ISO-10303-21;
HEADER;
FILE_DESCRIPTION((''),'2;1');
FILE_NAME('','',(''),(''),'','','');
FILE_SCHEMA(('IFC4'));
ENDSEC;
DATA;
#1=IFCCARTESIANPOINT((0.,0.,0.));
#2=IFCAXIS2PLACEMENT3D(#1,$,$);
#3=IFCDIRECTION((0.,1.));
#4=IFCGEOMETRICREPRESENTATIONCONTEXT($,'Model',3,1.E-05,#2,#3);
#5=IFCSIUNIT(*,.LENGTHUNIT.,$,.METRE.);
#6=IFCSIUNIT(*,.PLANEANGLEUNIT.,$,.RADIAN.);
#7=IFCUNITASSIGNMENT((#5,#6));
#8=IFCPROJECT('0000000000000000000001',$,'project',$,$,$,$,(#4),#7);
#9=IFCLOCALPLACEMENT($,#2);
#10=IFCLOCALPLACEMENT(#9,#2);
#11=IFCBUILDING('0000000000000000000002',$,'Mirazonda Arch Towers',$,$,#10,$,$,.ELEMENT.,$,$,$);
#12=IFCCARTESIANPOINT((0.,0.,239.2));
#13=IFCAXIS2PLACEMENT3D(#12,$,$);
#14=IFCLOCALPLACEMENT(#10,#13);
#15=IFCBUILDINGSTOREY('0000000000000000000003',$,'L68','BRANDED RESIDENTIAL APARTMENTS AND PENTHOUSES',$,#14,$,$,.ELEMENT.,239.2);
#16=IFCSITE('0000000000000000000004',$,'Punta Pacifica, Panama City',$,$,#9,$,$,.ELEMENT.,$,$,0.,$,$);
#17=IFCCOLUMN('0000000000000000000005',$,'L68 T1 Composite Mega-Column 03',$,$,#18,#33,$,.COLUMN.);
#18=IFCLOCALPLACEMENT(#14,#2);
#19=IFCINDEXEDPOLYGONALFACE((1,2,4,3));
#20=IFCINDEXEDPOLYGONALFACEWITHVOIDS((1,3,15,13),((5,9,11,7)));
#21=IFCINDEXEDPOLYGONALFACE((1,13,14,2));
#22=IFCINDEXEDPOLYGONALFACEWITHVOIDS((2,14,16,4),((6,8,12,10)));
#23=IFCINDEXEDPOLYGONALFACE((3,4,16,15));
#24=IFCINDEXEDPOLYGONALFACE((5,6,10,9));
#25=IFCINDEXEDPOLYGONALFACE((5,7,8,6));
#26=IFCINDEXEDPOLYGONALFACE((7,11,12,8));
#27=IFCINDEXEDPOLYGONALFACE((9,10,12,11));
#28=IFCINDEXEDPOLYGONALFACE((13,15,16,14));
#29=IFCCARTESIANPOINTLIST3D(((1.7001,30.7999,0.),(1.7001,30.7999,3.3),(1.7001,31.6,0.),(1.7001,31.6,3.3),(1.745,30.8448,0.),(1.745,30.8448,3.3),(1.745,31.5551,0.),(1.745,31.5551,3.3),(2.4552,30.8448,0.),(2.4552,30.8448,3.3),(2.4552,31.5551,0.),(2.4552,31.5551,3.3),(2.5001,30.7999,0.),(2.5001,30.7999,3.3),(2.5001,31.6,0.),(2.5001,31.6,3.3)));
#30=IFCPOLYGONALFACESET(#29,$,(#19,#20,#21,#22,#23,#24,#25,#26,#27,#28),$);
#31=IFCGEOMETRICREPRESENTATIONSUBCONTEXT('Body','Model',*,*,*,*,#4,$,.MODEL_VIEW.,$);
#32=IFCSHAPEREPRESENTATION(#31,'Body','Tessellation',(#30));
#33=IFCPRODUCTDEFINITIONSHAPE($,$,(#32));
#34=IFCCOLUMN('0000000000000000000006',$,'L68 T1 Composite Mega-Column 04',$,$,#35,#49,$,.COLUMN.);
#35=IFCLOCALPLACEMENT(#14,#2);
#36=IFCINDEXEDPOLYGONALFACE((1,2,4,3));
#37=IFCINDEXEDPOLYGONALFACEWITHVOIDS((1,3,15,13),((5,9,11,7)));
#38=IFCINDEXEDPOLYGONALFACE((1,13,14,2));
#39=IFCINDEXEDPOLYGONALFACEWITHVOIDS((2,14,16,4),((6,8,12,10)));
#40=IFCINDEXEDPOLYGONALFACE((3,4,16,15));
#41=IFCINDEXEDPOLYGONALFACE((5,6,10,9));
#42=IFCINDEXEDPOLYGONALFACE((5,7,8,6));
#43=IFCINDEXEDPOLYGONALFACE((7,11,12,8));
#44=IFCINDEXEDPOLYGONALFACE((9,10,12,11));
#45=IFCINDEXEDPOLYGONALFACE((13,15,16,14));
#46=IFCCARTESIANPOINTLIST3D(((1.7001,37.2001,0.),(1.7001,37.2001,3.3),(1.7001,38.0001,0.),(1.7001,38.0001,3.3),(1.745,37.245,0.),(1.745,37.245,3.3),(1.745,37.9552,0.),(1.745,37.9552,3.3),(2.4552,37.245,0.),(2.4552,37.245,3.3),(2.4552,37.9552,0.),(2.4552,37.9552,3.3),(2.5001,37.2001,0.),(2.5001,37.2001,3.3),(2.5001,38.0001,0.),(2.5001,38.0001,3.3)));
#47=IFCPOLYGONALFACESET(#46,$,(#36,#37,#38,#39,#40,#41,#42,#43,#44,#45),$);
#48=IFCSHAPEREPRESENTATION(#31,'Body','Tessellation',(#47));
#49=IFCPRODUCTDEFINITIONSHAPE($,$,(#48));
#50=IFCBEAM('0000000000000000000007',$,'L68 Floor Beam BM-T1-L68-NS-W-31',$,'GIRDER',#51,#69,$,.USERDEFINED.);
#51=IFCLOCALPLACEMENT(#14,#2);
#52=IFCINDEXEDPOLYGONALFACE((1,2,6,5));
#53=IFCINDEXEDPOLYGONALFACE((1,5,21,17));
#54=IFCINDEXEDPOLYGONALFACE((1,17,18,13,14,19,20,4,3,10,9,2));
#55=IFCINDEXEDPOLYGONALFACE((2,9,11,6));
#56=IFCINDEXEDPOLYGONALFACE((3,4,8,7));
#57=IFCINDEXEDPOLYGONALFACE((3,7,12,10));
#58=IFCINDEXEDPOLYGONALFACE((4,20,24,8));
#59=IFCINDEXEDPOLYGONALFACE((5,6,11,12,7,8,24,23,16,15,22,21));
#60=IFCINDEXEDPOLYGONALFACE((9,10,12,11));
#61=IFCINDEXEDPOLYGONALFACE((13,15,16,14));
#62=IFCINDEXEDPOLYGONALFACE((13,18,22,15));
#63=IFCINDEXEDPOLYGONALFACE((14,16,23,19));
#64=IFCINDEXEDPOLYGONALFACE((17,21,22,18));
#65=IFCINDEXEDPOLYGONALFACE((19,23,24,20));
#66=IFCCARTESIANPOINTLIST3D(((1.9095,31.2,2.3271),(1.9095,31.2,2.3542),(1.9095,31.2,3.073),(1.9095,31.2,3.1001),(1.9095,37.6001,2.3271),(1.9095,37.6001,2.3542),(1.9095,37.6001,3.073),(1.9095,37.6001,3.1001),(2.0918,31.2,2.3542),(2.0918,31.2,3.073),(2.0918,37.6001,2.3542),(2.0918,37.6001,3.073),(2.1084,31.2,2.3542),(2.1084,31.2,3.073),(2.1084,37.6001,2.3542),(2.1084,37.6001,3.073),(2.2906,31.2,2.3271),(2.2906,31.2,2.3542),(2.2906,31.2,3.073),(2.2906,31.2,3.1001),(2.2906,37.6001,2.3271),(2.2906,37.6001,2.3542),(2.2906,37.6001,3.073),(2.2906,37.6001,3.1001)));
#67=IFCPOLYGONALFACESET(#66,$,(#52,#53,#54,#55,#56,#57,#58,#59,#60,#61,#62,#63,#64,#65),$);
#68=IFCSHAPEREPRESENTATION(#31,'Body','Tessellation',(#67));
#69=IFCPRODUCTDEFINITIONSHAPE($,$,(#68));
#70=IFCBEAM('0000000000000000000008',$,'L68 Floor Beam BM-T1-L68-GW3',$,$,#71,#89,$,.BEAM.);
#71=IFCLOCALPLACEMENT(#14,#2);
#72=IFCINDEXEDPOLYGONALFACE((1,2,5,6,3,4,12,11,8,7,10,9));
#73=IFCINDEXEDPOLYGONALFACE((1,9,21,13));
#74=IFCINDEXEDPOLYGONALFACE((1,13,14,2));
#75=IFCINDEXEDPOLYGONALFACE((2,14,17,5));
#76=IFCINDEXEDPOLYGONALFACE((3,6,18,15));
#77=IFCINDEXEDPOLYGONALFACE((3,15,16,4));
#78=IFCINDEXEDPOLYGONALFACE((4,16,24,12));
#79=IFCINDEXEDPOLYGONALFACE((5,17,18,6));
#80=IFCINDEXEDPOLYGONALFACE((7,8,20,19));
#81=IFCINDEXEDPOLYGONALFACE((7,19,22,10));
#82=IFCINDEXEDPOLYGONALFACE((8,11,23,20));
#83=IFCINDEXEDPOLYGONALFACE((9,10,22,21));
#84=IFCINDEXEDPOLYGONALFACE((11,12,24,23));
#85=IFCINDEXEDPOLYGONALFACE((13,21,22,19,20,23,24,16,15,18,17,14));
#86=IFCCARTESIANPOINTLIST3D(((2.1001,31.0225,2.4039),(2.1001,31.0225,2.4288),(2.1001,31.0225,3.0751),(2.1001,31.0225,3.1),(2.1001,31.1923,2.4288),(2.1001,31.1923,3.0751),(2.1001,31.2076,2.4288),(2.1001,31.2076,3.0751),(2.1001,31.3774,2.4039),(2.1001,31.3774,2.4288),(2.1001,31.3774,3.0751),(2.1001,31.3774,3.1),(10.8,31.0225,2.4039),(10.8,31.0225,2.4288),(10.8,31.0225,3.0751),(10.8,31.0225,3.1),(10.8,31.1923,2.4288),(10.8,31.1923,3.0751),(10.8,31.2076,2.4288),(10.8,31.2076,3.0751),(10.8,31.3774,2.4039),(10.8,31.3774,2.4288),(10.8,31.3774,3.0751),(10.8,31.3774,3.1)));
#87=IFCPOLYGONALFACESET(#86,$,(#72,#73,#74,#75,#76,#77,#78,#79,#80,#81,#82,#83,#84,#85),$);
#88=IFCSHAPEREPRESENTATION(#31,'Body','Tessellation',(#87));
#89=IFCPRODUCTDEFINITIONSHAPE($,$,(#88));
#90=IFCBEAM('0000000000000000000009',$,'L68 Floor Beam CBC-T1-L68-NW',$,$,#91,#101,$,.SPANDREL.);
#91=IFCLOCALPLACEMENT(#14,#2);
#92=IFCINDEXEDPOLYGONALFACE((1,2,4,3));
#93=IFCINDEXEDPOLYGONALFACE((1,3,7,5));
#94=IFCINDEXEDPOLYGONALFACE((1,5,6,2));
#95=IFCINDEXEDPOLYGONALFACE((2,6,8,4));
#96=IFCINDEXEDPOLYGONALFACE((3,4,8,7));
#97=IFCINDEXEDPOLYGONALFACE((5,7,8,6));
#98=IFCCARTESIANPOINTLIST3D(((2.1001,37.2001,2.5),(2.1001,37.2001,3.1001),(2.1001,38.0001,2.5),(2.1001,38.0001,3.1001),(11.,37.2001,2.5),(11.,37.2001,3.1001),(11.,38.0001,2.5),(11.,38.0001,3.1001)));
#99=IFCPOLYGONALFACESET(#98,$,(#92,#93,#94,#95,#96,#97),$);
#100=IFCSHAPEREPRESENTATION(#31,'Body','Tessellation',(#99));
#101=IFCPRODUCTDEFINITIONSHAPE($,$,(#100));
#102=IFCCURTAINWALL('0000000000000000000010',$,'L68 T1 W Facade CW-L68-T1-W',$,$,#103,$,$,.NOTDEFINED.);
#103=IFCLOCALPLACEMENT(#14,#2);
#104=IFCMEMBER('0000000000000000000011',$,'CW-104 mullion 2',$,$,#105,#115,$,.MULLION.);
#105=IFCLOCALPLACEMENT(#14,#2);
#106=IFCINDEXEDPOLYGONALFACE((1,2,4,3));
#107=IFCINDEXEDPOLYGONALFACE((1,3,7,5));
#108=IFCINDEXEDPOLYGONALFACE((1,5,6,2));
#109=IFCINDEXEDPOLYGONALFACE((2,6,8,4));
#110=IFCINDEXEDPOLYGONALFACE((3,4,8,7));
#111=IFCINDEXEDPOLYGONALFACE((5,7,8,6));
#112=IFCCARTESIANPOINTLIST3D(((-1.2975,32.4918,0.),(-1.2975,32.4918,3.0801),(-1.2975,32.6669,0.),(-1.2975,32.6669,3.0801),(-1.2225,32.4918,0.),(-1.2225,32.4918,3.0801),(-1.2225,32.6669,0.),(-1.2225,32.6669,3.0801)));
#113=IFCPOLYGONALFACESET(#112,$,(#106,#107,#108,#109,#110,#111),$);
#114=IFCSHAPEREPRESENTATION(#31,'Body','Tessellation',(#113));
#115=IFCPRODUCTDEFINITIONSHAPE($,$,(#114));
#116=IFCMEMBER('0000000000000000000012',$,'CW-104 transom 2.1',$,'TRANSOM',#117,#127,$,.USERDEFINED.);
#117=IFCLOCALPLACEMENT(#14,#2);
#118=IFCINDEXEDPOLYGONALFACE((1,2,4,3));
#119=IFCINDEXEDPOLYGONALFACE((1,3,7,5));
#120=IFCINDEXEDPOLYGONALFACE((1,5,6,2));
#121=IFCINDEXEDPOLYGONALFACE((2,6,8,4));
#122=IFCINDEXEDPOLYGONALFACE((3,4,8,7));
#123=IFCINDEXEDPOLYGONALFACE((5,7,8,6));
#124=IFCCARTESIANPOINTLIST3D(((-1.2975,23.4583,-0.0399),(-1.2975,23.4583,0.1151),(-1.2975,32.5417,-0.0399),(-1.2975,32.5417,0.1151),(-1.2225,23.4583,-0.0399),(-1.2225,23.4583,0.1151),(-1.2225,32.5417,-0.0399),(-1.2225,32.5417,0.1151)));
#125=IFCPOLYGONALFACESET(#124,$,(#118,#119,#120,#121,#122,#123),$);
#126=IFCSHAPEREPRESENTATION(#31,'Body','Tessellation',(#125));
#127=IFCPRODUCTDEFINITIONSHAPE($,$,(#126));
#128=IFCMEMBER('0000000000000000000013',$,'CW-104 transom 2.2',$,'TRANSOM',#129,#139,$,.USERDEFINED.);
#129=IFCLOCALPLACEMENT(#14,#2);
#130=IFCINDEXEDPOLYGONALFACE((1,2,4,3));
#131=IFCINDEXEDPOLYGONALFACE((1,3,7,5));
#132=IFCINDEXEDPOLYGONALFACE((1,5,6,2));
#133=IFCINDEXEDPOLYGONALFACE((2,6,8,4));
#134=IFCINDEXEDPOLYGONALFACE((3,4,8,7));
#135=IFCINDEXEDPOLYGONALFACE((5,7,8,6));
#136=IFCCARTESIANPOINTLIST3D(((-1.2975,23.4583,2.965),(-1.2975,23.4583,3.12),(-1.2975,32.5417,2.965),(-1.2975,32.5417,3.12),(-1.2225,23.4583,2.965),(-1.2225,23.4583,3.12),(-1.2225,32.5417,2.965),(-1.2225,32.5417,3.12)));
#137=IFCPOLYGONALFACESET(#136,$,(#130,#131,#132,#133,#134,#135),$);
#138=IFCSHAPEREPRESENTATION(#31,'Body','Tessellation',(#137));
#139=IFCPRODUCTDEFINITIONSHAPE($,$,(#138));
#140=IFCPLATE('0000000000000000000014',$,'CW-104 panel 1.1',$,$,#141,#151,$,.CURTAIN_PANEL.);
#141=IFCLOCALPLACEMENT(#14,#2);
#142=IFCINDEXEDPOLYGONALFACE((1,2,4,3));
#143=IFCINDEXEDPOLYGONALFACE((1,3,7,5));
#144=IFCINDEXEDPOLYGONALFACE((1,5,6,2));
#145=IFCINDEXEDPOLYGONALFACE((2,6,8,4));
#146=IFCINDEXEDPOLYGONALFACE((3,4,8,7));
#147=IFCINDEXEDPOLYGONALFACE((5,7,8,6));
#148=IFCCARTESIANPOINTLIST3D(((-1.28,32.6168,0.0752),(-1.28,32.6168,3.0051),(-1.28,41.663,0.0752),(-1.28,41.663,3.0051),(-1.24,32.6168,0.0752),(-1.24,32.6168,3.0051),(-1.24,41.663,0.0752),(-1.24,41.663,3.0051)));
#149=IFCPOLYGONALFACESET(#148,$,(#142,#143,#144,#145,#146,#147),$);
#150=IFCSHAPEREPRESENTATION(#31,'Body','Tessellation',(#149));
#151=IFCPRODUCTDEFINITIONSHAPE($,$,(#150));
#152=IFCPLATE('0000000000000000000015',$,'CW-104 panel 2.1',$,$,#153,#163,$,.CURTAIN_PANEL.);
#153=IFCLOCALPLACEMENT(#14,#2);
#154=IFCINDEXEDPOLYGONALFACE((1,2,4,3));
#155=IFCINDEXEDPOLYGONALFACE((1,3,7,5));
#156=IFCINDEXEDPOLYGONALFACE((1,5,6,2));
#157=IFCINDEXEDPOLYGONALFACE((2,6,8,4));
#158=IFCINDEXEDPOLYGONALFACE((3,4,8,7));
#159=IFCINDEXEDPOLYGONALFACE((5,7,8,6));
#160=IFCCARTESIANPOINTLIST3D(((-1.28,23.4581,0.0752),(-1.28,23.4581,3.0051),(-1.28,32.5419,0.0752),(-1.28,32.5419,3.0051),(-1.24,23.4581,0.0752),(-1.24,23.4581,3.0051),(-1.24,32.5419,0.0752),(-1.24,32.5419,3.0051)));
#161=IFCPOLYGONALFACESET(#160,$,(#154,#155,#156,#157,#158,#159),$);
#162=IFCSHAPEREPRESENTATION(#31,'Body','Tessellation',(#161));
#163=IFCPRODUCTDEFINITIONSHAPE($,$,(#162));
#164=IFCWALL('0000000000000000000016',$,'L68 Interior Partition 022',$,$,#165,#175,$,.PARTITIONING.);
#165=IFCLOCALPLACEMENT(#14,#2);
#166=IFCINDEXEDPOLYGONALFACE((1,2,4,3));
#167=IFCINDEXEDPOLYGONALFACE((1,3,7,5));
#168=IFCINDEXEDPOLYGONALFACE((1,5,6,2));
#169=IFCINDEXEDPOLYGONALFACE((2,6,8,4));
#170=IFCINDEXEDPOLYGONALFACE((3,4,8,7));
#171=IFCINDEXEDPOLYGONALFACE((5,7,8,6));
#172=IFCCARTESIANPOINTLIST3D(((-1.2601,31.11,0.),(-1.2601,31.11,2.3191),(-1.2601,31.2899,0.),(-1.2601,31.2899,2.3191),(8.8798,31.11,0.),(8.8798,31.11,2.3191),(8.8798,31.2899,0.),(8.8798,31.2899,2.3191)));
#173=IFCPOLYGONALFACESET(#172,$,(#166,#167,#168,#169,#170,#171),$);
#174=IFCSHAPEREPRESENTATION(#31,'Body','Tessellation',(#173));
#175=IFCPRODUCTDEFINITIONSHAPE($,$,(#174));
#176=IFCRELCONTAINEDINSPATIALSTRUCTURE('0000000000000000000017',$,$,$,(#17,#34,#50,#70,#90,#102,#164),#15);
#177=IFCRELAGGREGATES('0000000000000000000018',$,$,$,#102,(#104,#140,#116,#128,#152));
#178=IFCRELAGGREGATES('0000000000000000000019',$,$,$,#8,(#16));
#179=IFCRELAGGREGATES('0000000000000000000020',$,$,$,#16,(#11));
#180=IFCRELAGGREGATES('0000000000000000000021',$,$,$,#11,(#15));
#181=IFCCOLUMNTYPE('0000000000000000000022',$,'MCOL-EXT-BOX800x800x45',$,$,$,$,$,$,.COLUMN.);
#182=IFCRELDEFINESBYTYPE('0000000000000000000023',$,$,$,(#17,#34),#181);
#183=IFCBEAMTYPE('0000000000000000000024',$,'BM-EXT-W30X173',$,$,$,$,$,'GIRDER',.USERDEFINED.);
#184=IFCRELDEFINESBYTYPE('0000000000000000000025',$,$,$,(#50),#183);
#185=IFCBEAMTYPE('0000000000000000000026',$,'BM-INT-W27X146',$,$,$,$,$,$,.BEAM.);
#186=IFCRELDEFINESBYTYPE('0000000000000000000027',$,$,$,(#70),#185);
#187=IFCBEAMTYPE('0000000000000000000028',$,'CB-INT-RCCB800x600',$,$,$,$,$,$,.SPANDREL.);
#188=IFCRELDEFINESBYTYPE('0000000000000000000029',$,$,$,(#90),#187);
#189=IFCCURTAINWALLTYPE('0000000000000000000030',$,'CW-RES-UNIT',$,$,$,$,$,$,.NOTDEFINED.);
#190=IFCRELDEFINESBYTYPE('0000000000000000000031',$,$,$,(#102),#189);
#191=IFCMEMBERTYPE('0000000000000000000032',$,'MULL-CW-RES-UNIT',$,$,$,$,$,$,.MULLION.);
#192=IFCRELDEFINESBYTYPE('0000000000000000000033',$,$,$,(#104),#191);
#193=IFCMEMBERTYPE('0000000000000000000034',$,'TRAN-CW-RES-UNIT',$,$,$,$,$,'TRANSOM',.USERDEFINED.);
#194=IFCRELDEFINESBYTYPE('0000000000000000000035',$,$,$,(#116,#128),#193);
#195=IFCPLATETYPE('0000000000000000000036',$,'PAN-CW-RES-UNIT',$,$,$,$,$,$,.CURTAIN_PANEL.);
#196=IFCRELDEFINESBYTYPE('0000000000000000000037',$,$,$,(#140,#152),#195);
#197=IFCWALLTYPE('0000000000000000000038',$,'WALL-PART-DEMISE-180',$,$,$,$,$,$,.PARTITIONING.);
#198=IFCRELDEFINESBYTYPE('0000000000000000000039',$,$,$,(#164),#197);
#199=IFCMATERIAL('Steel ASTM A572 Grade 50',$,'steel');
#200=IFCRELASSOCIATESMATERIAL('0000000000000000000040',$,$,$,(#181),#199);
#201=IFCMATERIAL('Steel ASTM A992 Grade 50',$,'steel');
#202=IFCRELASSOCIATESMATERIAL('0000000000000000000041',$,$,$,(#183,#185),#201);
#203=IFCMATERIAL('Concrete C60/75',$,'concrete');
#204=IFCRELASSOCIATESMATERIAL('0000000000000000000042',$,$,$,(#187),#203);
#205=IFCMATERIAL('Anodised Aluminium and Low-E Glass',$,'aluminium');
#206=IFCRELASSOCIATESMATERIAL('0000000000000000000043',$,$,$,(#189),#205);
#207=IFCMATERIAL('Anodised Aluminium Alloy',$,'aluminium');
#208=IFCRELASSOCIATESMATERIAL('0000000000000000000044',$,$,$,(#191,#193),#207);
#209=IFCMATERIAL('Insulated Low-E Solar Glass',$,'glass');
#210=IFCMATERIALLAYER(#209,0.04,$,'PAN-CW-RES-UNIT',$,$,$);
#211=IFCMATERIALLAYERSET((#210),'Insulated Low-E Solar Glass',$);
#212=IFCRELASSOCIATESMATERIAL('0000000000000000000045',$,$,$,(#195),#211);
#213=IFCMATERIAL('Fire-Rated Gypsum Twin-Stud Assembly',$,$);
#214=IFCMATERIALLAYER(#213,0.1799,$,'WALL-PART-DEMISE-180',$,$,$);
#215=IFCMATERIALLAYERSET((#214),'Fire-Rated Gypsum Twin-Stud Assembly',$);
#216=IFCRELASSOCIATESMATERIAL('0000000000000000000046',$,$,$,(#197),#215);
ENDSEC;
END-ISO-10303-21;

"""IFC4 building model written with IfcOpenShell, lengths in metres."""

from ifc_helpers import new_model, si_unit, direction, frame, frame_2d, origin, origin_2d, place, context, subcontext, project, spatial, rectangle, hollow_rectangle, i_section, extrude, material, layer, layer_set, material_profile, profile_set, type_object, element, aggregate, save


model = new_model("IFC4")

# Units and contexts
model_context = context("Model", 3, precision=1e-05, world=origin(), true_north=direction((0.0, 1.0)))
body_context = subcontext(model_context, "Body", "Model", "MODEL_VIEW")
ifc_project = project(units=[si_unit("LENGTHUNIT", "METRE"), si_unit("PLANEANGLEUNIT", "RADIAN")], contexts=[model_context])

# Site, building, storey
site_placement = place(None, origin())
site = spatial("IfcSite", under=ifc_project, at=site_placement, Name="Punta Pacifica, Panama City", CompositionType="ELEMENT", RefElevation=0.0)
building_placement = place(site_placement, origin())
building = spatial("IfcBuilding", under=site, at=building_placement, Name="Mirazonda Arch Towers", CompositionType="ELEMENT")
storey_placement = place(building_placement, frame((0.0, 0.0, 239.2)))
storey = spatial("IfcBuildingStorey", under=building, at=storey_placement, Name="L68", Description="BRANDED RESIDENTIAL APARTMENTS AND PENTHOUSES", CompositionType="ELEMENT", Elevation=239.2)

# Columns
ifc_material_1 = material(Name="Steel ASTM A572 Grade 50", Category="steel")
ifc_material_profile_1 = material_profile(ifc_material_1, hollow_rectangle(XDim=0.8, YDim=0.8, WallThickness=0.0449, at=origin_2d()), Name="BOX800x800x45")
ifc_profile_set_1 = profile_set([ifc_material_profile_1], Name="Steel ASTM A572 Grade 50")
column_type = type_object("IfcColumnType", Name="MCOL-EXT-BOX800x800x45", PredefinedType="COLUMN", material=ifc_profile_set_1)
for number, where, z_axis, x_axis, name in (
    (1, (2.1001, 31.2, 0.0), (0.0, 0.0, 1.0), (1.0, 0.0, 0.0), "L68 T1 Composite Mega-Column 03"),
    (2, (2.1001, 37.6001, 0.0), (0.0, 0.0, 1.0), (1.0, 0.0, 0.0), "L68 T1 Composite Mega-Column 04"),
):
    element("IfcColumn", number, at=place(storey_placement, frame(where, z_axis=z_axis, x_axis=x_axis)), inside=storey, type_object=column_type, Name=name, PredefinedType="COLUMN", context=body_context, shape_type="SweptSolid", body=[
        extrude(hollow_rectangle(XDim=0.8, YDim=0.8, WallThickness=0.0449, at=origin_2d()), origin(), (0.0, 0.0, 1.0), 3.3),
    ])

# Beams
ifc_material_2 = material(Name="Steel ASTM A992 Grade 50", Category="steel")
ifc_material_profile_2 = material_profile(ifc_material_2, i_section(OverallWidth=0.3811, OverallDepth=0.7729, WebThickness=0.0166, FlangeThickness=0.0271, at=origin_2d()), Name="W30X173")
ifc_profile_set_2 = profile_set([ifc_material_profile_2], Name="Steel ASTM A992 Grade 50")
beam_type_1 = type_object("IfcBeamType", Name="BM-EXT-W30X173", ElementType="GIRDER", PredefinedType="USERDEFINED", material=ifc_profile_set_2)
beam_1_placement = place(storey_placement, frame((2.1001, 31.2, 2.7136), z_axis=(0.0, 1.0, 0.0), x_axis=(-1.0, 0.0, 0.0)))
element("IfcBeam", 3, at=beam_1_placement, inside=storey, type_object=beam_type_1, Name="L68 Floor Beam BM-T1-L68-NS-W-31", ObjectType="GIRDER", PredefinedType="USERDEFINED", context=body_context, shape_type="SweptSolid", body=[
    extrude(i_section(OverallWidth=0.3811, OverallDepth=0.7729, WebThickness=0.0166, FlangeThickness=0.0271, at=origin_2d()), origin(), (0.0, 0.0, 1.0), 6.4001),
])
ifc_material_profile_3 = material_profile(ifc_material_2, i_section(OverallWidth=0.355, OverallDepth=0.696, WebThickness=0.0154, FlangeThickness=0.0249, at=origin_2d()), Name="W27X146")
ifc_profile_set_3 = profile_set([ifc_material_profile_3], Name="Steel ASTM A992 Grade 50")
beam_type_2 = type_object("IfcBeamType", Name="BM-INT-W27X146", PredefinedType="BEAM", material=ifc_profile_set_3)
beam_2_placement = place(storey_placement, frame((2.1001, 31.2, 2.752), z_axis=(1.0, 0.0, 0.0), x_axis=(0.0, 1.0, 0.0)))
element("IfcBeam", 4, at=beam_2_placement, inside=storey, type_object=beam_type_2, Name="L68 Floor Beam BM-T1-L68-GW3", PredefinedType="BEAM", context=body_context, shape_type="SweptSolid", body=[
    extrude(i_section(OverallWidth=0.355, OverallDepth=0.696, WebThickness=0.0154, FlangeThickness=0.0249, at=origin_2d()), origin(), (0.0, 0.0, 1.0), 8.7),
])
ifc_material_3 = material(Name="Concrete C60/75", Category="concrete")
ifc_material_profile_4 = material_profile(ifc_material_3, rectangle(XDim=0.8, YDim=0.6001, at=origin_2d()), Name="RCCB800x600")
ifc_profile_set_4 = profile_set([ifc_material_profile_4], Name="Concrete C60/75")
beam_type_3 = type_object("IfcBeamType", Name="CB-INT-RCCB800x600", PredefinedType="SPANDREL", material=ifc_profile_set_4)
beam_3_placement = place(storey_placement, frame((2.1001, 37.6001, 2.8), z_axis=(1.0, 0.0, 0.0), x_axis=(0.0, 1.0, 0.0)))
element("IfcBeam", 5, at=beam_3_placement, inside=storey, type_object=beam_type_3, Name="L68 Floor Beam CBC-T1-L68-NW", PredefinedType="SPANDREL", context=body_context, shape_type="SweptSolid", body=[
    extrude(rectangle(XDim=0.8, YDim=0.6001, at=origin_2d()), origin(), (0.0, 0.0, 1.0), 8.8999),
])

# Curtain wall, members, plates
ifc_material_4 = material(Name="Anodised Aluminium and Low-E Glass", Category="aluminium")
curtain_wall_type = type_object("IfcCurtainWallType", Name="CW-RES-UNIT", PredefinedType="NOTDEFINED", material=ifc_material_4)
curtain_wall_placement = place(storey_placement, origin())
curtain_wall = element("IfcCurtainWall", 6, at=curtain_wall_placement, inside=storey, type_object=curtain_wall_type, Name="L68 T1 W Facade CW-L68-T1-W", PredefinedType="NOTDEFINED")
ifc_material_5 = material(Name="Anodised Aluminium Alloy", Category="aluminium")
ifc_material_profile_5 = material_profile(ifc_material_5, rectangle(XDim=0.075, YDim=0.175, at=origin_2d()), Name="ALU-MULL-75x175")
ifc_profile_set_5 = profile_set([ifc_material_profile_5], Name="Anodised Aluminium Alloy")
member_type_1 = type_object("IfcMemberType", Name="MULL-CW-RES-UNIT", PredefinedType="MULLION", material=ifc_profile_set_5)
member_1_placement = place(storey_placement, frame((-1.26, 32.5793, 0.0), z_axis=(0.0, 0.0, 1.0), x_axis=(1.0, 0.0, 0.0)))
member_1 = element("IfcMember", 7, at=member_1_placement, type_object=member_type_1, Name="CW-104 mullion 2", PredefinedType="MULLION", context=body_context, shape_type="SweptSolid", body=[
    extrude(rectangle(XDim=0.075, YDim=0.175, at=origin_2d()), origin(), (0.0, 0.0, 1.0), 3.0801),
])
ifc_material_profile_6 = material_profile(ifc_material_5, rectangle(XDim=0.075, YDim=0.155, at=origin_2d()), Name="ALU-TRAN-75x155")
ifc_profile_set_6 = profile_set([ifc_material_profile_6], Name="Anodised Aluminium Alloy")
member_type_2 = type_object("IfcMemberType", Name="TRAN-CW-RES-UNIT", ElementType="TRANSOM", PredefinedType="USERDEFINED", material=ifc_profile_set_6)
member_2_placement = place(storey_placement, frame((-1.26, 32.5417, 0.0376), z_axis=(0.0, -1.0, 0.0), x_axis=(1.0, 0.0, 0.0)))
member_2 = element("IfcMember", 8, at=member_2_placement, type_object=member_type_2, Name="CW-104 transom 2.1", ObjectType="TRANSOM", PredefinedType="USERDEFINED", context=body_context, shape_type="SweptSolid", body=[
    extrude(rectangle(XDim=0.075, YDim=0.155, at=origin_2d()), origin(), (0.0, 0.0, 1.0), 9.0835),
])
member_3_placement = place(storey_placement, frame((-1.26, 32.5417, 3.0425), z_axis=(0.0, -1.0, 0.0), x_axis=(1.0, 0.0, 0.0)))
member_3 = element("IfcMember", 9, at=member_3_placement, type_object=member_type_2, Name="CW-104 transom 2.2", ObjectType="TRANSOM", PredefinedType="USERDEFINED", context=body_context, shape_type="SweptSolid", body=[
    extrude(rectangle(XDim=0.075, YDim=0.155, at=origin_2d()), origin(), (0.0, 0.0, 1.0), 9.0835),
])
ifc_material_6 = material(Name="Insulated Low-E Solar Glass", Category="glass")
ifc_layer_1 = layer(ifc_material_6, 0.04, Name="PAN-CW-RES-UNIT")
ifc_layer_set_1 = layer_set([ifc_layer_1], Name="Insulated Low-E Solar Glass")
plate_type = type_object("IfcPlateType", Name="PAN-CW-RES-UNIT", PredefinedType="CURTAIN_PANEL", material=ifc_layer_set_1)
plate_1_placement = place(storey_placement, frame((-1.26, 37.1399, 0.0752), z_axis=(0.0, 0.0, 1.0), x_axis=(0.0, -1.0, 0.0)))
plate_1 = element("IfcPlate", 10, at=plate_1_placement, type_object=plate_type, Name="CW-104 panel 1.1", PredefinedType="CURTAIN_PANEL", context=body_context, shape_type="SweptSolid", body=[
    extrude(rectangle(XDim=9.0461, YDim=0.04, at=origin_2d()), origin(), (0.0, 0.0, 1.0), 2.9299),
])
plate_2_placement = place(storey_placement, frame((-1.26, 28.0, 0.0752), z_axis=(0.0, 0.0, 1.0), x_axis=(0.0, -1.0, 0.0)))
plate_2 = element("IfcPlate", 11, at=plate_2_placement, type_object=plate_type, Name="CW-104 panel 2.1", PredefinedType="CURTAIN_PANEL", context=body_context, shape_type="SweptSolid", body=[
    extrude(rectangle(XDim=9.0837, YDim=0.04, at=origin_2d()), origin(), (0.0, 0.0, 1.0), 2.9299),
])
aggregate(curtain_wall, [member_1, plate_1, member_2, member_3, plate_2])

# Shared definitions
ifc_material_7 = material(Name="Fire-Rated Gypsum Twin-Stud Assembly")
ifc_layer_2 = layer(ifc_material_7, 0.1799, Name="WALL-PART-DEMISE-180")
ifc_layer_set_2 = layer_set([ifc_layer_2], Name="Fire-Rated Gypsum Twin-Stud Assembly")
wall_type_1 = type_object("IfcWallType", Name="WALL-PART-DEMISE-180", PredefinedType="PARTITIONING", material=ifc_layer_set_2)

# Wall
wall_1_placement = place(storey_placement, frame((-1.26, 31.2, 0.0), z_axis=(0.0, 0.0, 1.0), x_axis=(1.0, 0.0, 0.0)))
element("IfcWall", 12, at=wall_1_placement, inside=storey, type_object=wall_type_1, Name="L68 Interior Partition 022", PredefinedType="PARTITIONING", context=body_context, shape_type="SweptSolid", body=[
    extrude(rectangle(XDim=10.1399, YDim=0.1799, at=frame_2d((5.0698, 0.0))), origin(), (0.0, 0.0, 1.0), 2.3191),
])

save(model, "model.ifc")
